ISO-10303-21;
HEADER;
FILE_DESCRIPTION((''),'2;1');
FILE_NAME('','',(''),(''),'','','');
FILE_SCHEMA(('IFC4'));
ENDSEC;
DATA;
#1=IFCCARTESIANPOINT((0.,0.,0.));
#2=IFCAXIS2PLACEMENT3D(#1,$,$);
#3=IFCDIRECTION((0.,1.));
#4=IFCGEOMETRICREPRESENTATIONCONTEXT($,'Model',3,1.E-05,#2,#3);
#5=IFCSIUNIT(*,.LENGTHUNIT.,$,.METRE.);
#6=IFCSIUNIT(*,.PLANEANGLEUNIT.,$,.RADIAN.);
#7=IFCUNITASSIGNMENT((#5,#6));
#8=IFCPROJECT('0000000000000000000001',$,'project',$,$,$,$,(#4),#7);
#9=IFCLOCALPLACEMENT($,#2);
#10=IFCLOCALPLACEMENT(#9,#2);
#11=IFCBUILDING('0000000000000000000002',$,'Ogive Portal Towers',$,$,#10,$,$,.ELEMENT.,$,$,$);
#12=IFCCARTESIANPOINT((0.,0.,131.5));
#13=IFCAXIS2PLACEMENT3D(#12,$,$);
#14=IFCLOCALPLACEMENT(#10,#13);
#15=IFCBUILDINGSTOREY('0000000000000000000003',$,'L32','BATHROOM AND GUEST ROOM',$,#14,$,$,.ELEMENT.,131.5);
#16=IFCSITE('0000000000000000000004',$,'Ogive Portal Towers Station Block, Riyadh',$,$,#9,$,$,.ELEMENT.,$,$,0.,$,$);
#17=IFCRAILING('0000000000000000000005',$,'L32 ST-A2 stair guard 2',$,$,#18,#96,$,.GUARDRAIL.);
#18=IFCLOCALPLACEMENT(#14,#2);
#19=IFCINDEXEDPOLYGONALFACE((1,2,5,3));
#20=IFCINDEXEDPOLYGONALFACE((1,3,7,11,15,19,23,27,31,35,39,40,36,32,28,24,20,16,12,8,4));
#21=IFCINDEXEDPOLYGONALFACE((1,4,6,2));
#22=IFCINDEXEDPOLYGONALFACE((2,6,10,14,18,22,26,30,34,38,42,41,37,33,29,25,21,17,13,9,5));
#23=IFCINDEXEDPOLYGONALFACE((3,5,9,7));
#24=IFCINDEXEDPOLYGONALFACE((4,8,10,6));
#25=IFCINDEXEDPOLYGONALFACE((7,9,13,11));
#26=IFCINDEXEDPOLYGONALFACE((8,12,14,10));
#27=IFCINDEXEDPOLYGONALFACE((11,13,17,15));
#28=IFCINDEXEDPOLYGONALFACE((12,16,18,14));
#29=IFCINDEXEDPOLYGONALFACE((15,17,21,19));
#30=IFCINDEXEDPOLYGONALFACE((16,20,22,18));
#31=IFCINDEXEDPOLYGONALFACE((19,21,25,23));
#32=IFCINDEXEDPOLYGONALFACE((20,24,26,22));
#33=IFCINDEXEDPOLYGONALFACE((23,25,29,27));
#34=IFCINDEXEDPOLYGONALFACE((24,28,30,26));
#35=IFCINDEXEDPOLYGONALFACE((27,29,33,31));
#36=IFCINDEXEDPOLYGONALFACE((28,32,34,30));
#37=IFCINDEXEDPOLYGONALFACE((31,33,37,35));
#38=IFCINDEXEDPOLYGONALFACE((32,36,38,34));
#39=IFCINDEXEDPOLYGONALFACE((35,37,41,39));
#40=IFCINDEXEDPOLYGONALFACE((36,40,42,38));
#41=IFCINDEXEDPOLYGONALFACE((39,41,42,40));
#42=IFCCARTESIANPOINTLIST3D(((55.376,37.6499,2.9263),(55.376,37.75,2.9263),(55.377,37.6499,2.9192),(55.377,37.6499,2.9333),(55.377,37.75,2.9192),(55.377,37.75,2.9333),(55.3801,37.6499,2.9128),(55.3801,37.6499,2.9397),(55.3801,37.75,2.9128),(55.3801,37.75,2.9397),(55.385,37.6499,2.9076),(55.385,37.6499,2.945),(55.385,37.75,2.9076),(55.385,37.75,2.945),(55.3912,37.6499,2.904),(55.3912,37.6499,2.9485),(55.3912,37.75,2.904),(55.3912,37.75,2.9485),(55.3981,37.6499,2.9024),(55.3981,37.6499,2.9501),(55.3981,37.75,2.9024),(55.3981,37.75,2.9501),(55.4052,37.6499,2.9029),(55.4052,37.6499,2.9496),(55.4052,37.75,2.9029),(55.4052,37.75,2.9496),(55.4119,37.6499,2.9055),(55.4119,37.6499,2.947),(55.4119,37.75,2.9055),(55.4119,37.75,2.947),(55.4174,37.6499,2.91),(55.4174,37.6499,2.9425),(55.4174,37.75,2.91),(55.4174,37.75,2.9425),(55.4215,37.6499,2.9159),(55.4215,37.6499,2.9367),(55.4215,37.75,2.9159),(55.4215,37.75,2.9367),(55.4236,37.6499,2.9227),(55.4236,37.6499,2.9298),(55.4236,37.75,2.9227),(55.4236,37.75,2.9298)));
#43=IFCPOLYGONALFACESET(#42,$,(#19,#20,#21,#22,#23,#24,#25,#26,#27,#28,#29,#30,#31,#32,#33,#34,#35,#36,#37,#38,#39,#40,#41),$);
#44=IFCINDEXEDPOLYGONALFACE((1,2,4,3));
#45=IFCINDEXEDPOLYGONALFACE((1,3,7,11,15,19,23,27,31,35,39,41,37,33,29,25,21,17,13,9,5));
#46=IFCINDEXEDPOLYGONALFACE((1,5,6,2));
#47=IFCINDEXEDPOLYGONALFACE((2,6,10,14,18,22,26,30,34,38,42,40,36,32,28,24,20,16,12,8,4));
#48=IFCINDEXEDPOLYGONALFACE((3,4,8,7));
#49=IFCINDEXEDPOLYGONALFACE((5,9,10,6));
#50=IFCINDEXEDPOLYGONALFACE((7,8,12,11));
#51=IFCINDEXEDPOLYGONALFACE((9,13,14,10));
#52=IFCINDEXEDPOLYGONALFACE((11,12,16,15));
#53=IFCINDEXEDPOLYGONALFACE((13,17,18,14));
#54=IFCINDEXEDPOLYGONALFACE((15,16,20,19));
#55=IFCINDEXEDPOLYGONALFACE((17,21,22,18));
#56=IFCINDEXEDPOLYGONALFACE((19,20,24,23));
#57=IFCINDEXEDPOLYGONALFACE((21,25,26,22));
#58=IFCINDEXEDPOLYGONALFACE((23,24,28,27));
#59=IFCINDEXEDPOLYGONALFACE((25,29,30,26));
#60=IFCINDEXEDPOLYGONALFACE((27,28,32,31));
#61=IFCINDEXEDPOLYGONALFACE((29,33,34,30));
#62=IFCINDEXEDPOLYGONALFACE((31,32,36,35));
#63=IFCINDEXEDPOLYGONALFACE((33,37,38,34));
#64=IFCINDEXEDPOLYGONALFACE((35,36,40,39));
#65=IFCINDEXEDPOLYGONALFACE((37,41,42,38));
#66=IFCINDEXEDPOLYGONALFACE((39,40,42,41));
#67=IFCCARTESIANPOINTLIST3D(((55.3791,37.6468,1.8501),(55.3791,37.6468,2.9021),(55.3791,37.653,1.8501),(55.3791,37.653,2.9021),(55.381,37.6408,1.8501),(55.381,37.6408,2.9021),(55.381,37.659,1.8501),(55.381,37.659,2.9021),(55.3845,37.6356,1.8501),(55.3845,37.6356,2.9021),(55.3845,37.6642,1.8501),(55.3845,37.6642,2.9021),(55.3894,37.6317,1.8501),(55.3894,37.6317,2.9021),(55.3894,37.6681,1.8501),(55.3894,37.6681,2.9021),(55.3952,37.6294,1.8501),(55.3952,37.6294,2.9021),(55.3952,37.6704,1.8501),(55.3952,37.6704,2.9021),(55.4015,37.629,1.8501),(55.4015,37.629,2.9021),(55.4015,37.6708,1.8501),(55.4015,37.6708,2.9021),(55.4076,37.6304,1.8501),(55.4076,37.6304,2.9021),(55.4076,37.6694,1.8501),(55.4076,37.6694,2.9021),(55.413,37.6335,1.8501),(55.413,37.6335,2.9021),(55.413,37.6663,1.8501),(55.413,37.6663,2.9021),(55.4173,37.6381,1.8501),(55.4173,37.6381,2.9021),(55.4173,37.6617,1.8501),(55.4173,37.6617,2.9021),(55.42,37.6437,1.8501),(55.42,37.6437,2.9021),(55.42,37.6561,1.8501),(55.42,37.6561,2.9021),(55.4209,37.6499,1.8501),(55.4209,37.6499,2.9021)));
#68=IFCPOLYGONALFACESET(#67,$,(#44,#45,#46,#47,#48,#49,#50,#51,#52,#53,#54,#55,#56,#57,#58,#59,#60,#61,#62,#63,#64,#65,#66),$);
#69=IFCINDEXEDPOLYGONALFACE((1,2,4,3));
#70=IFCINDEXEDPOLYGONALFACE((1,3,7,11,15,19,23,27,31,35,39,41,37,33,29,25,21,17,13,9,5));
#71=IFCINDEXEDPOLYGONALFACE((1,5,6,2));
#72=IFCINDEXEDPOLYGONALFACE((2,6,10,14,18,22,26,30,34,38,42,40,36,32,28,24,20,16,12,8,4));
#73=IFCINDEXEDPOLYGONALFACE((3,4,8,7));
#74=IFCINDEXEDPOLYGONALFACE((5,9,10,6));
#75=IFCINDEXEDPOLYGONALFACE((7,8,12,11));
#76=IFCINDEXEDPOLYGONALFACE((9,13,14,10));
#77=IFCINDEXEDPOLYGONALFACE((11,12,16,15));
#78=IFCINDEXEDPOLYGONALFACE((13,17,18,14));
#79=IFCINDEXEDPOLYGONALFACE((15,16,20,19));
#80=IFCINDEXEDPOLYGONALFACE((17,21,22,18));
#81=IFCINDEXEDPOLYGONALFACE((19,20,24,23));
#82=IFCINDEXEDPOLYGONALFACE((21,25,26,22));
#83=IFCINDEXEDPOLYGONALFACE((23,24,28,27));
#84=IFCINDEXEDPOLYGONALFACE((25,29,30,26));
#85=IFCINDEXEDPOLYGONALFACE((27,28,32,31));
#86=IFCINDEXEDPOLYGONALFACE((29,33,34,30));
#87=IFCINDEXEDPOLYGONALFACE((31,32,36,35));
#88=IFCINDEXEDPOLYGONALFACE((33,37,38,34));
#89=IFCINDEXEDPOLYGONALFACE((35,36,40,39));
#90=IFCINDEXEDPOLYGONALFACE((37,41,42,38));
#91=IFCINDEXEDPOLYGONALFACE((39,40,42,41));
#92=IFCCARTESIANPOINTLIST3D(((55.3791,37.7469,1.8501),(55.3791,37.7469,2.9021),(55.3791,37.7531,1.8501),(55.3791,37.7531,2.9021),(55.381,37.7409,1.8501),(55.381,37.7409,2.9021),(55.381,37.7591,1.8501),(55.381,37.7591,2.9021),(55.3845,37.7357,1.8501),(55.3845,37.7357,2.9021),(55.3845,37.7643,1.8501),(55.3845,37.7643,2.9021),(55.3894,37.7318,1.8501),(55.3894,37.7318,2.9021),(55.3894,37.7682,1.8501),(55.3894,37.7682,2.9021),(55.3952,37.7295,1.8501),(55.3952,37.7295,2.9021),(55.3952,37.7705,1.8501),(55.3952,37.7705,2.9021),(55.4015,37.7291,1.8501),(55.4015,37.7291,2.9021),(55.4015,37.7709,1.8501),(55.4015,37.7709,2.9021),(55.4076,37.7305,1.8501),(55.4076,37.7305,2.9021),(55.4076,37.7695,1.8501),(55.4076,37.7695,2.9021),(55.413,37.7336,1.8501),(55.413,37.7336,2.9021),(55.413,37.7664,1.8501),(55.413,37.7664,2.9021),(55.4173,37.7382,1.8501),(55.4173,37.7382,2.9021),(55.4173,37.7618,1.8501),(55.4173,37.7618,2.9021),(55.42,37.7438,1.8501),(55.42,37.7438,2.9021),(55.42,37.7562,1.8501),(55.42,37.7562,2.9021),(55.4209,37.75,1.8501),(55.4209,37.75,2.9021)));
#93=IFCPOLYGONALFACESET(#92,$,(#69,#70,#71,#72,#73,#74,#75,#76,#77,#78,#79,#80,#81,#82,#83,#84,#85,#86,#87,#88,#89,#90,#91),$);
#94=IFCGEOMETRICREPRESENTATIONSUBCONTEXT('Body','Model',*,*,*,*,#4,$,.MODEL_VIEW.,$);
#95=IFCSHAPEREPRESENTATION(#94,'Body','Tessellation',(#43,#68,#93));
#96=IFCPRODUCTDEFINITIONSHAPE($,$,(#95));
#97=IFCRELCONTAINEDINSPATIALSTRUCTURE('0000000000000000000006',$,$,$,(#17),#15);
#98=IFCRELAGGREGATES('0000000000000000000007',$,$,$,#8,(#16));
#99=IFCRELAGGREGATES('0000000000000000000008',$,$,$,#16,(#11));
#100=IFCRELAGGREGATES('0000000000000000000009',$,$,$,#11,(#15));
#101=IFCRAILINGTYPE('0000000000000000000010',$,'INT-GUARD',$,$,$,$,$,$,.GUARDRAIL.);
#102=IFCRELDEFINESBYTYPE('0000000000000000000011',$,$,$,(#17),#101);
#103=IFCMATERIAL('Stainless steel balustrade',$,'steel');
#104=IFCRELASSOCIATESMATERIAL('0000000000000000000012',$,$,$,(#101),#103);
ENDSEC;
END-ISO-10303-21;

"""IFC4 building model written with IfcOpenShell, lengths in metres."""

from ifc_helpers import new_model, si_unit, direction, frame, origin, origin_2d, place, context, subcontext, project, spatial, circle, extrude, material, type_object, element, save


model = new_model("IFC4")

# Units and contexts
model_context = context("Model", 3, precision=1e-05, world=origin(), true_north=direction((0.0, 1.0)))
body_context = subcontext(model_context, "Body", "Model", "MODEL_VIEW")
ifc_project = project(units=[si_unit("LENGTHUNIT", "METRE"), si_unit("PLANEANGLEUNIT", "RADIAN")], contexts=[model_context])

# Site, building, storey
site_placement = place(None, origin())
site = spatial("IfcSite", under=ifc_project, at=site_placement, Name="Ogive Portal Towers Station Block, Riyadh", CompositionType="ELEMENT", RefElevation=0.0)
building_placement = place(site_placement, origin())
building = spatial("IfcBuilding", under=site, at=building_placement, Name="Ogive Portal Towers", CompositionType="ELEMENT")
storey_placement = place(building_placement, frame((0.0, 0.0, 131.5)))
storey = spatial("IfcBuildingStorey", under=building, at=storey_placement, Name="L32", Description="BATHROOM AND GUEST ROOM", CompositionType="ELEMENT", Elevation=131.5)

# Railing
ifc_material_1 = material(Name="Stainless steel balustrade", Category="steel")
railing_type_1 = type_object("IfcRailingType", Name="INT-GUARD", PredefinedType="GUARDRAIL", material=ifc_material_1)
railing_1_placement = place(storey_placement, frame((55.3999, 37.6499, 1.8501)))
element("IfcRailing", 1, at=railing_1_placement, inside=storey, type_object=railing_type_1, Name="L32 ST-A2 stair guard 2", PredefinedType="GUARDRAIL", context=body_context, shape_type="SweptSolid", body=[
    extrude(circle(Radius=0.0239, at=origin_2d()), frame((0.0, 0.0, 1.0762), z_axis=(0.0, 1.0, 0.0), x_axis=(-1.0, 0.0, 0.0)), (0.0, 0.0, 1.0), 0.1001),
    extrude(circle(Radius=0.021, at=origin_2d()), origin(), (0.0, 0.0, 1.0), 1.052),
    extrude(circle(Radius=0.021, at=origin_2d()), frame((0.0, 0.1001, 0.0)), (0.0, 0.0, 1.0), 1.052),
])

save(model, "model.ifc")
